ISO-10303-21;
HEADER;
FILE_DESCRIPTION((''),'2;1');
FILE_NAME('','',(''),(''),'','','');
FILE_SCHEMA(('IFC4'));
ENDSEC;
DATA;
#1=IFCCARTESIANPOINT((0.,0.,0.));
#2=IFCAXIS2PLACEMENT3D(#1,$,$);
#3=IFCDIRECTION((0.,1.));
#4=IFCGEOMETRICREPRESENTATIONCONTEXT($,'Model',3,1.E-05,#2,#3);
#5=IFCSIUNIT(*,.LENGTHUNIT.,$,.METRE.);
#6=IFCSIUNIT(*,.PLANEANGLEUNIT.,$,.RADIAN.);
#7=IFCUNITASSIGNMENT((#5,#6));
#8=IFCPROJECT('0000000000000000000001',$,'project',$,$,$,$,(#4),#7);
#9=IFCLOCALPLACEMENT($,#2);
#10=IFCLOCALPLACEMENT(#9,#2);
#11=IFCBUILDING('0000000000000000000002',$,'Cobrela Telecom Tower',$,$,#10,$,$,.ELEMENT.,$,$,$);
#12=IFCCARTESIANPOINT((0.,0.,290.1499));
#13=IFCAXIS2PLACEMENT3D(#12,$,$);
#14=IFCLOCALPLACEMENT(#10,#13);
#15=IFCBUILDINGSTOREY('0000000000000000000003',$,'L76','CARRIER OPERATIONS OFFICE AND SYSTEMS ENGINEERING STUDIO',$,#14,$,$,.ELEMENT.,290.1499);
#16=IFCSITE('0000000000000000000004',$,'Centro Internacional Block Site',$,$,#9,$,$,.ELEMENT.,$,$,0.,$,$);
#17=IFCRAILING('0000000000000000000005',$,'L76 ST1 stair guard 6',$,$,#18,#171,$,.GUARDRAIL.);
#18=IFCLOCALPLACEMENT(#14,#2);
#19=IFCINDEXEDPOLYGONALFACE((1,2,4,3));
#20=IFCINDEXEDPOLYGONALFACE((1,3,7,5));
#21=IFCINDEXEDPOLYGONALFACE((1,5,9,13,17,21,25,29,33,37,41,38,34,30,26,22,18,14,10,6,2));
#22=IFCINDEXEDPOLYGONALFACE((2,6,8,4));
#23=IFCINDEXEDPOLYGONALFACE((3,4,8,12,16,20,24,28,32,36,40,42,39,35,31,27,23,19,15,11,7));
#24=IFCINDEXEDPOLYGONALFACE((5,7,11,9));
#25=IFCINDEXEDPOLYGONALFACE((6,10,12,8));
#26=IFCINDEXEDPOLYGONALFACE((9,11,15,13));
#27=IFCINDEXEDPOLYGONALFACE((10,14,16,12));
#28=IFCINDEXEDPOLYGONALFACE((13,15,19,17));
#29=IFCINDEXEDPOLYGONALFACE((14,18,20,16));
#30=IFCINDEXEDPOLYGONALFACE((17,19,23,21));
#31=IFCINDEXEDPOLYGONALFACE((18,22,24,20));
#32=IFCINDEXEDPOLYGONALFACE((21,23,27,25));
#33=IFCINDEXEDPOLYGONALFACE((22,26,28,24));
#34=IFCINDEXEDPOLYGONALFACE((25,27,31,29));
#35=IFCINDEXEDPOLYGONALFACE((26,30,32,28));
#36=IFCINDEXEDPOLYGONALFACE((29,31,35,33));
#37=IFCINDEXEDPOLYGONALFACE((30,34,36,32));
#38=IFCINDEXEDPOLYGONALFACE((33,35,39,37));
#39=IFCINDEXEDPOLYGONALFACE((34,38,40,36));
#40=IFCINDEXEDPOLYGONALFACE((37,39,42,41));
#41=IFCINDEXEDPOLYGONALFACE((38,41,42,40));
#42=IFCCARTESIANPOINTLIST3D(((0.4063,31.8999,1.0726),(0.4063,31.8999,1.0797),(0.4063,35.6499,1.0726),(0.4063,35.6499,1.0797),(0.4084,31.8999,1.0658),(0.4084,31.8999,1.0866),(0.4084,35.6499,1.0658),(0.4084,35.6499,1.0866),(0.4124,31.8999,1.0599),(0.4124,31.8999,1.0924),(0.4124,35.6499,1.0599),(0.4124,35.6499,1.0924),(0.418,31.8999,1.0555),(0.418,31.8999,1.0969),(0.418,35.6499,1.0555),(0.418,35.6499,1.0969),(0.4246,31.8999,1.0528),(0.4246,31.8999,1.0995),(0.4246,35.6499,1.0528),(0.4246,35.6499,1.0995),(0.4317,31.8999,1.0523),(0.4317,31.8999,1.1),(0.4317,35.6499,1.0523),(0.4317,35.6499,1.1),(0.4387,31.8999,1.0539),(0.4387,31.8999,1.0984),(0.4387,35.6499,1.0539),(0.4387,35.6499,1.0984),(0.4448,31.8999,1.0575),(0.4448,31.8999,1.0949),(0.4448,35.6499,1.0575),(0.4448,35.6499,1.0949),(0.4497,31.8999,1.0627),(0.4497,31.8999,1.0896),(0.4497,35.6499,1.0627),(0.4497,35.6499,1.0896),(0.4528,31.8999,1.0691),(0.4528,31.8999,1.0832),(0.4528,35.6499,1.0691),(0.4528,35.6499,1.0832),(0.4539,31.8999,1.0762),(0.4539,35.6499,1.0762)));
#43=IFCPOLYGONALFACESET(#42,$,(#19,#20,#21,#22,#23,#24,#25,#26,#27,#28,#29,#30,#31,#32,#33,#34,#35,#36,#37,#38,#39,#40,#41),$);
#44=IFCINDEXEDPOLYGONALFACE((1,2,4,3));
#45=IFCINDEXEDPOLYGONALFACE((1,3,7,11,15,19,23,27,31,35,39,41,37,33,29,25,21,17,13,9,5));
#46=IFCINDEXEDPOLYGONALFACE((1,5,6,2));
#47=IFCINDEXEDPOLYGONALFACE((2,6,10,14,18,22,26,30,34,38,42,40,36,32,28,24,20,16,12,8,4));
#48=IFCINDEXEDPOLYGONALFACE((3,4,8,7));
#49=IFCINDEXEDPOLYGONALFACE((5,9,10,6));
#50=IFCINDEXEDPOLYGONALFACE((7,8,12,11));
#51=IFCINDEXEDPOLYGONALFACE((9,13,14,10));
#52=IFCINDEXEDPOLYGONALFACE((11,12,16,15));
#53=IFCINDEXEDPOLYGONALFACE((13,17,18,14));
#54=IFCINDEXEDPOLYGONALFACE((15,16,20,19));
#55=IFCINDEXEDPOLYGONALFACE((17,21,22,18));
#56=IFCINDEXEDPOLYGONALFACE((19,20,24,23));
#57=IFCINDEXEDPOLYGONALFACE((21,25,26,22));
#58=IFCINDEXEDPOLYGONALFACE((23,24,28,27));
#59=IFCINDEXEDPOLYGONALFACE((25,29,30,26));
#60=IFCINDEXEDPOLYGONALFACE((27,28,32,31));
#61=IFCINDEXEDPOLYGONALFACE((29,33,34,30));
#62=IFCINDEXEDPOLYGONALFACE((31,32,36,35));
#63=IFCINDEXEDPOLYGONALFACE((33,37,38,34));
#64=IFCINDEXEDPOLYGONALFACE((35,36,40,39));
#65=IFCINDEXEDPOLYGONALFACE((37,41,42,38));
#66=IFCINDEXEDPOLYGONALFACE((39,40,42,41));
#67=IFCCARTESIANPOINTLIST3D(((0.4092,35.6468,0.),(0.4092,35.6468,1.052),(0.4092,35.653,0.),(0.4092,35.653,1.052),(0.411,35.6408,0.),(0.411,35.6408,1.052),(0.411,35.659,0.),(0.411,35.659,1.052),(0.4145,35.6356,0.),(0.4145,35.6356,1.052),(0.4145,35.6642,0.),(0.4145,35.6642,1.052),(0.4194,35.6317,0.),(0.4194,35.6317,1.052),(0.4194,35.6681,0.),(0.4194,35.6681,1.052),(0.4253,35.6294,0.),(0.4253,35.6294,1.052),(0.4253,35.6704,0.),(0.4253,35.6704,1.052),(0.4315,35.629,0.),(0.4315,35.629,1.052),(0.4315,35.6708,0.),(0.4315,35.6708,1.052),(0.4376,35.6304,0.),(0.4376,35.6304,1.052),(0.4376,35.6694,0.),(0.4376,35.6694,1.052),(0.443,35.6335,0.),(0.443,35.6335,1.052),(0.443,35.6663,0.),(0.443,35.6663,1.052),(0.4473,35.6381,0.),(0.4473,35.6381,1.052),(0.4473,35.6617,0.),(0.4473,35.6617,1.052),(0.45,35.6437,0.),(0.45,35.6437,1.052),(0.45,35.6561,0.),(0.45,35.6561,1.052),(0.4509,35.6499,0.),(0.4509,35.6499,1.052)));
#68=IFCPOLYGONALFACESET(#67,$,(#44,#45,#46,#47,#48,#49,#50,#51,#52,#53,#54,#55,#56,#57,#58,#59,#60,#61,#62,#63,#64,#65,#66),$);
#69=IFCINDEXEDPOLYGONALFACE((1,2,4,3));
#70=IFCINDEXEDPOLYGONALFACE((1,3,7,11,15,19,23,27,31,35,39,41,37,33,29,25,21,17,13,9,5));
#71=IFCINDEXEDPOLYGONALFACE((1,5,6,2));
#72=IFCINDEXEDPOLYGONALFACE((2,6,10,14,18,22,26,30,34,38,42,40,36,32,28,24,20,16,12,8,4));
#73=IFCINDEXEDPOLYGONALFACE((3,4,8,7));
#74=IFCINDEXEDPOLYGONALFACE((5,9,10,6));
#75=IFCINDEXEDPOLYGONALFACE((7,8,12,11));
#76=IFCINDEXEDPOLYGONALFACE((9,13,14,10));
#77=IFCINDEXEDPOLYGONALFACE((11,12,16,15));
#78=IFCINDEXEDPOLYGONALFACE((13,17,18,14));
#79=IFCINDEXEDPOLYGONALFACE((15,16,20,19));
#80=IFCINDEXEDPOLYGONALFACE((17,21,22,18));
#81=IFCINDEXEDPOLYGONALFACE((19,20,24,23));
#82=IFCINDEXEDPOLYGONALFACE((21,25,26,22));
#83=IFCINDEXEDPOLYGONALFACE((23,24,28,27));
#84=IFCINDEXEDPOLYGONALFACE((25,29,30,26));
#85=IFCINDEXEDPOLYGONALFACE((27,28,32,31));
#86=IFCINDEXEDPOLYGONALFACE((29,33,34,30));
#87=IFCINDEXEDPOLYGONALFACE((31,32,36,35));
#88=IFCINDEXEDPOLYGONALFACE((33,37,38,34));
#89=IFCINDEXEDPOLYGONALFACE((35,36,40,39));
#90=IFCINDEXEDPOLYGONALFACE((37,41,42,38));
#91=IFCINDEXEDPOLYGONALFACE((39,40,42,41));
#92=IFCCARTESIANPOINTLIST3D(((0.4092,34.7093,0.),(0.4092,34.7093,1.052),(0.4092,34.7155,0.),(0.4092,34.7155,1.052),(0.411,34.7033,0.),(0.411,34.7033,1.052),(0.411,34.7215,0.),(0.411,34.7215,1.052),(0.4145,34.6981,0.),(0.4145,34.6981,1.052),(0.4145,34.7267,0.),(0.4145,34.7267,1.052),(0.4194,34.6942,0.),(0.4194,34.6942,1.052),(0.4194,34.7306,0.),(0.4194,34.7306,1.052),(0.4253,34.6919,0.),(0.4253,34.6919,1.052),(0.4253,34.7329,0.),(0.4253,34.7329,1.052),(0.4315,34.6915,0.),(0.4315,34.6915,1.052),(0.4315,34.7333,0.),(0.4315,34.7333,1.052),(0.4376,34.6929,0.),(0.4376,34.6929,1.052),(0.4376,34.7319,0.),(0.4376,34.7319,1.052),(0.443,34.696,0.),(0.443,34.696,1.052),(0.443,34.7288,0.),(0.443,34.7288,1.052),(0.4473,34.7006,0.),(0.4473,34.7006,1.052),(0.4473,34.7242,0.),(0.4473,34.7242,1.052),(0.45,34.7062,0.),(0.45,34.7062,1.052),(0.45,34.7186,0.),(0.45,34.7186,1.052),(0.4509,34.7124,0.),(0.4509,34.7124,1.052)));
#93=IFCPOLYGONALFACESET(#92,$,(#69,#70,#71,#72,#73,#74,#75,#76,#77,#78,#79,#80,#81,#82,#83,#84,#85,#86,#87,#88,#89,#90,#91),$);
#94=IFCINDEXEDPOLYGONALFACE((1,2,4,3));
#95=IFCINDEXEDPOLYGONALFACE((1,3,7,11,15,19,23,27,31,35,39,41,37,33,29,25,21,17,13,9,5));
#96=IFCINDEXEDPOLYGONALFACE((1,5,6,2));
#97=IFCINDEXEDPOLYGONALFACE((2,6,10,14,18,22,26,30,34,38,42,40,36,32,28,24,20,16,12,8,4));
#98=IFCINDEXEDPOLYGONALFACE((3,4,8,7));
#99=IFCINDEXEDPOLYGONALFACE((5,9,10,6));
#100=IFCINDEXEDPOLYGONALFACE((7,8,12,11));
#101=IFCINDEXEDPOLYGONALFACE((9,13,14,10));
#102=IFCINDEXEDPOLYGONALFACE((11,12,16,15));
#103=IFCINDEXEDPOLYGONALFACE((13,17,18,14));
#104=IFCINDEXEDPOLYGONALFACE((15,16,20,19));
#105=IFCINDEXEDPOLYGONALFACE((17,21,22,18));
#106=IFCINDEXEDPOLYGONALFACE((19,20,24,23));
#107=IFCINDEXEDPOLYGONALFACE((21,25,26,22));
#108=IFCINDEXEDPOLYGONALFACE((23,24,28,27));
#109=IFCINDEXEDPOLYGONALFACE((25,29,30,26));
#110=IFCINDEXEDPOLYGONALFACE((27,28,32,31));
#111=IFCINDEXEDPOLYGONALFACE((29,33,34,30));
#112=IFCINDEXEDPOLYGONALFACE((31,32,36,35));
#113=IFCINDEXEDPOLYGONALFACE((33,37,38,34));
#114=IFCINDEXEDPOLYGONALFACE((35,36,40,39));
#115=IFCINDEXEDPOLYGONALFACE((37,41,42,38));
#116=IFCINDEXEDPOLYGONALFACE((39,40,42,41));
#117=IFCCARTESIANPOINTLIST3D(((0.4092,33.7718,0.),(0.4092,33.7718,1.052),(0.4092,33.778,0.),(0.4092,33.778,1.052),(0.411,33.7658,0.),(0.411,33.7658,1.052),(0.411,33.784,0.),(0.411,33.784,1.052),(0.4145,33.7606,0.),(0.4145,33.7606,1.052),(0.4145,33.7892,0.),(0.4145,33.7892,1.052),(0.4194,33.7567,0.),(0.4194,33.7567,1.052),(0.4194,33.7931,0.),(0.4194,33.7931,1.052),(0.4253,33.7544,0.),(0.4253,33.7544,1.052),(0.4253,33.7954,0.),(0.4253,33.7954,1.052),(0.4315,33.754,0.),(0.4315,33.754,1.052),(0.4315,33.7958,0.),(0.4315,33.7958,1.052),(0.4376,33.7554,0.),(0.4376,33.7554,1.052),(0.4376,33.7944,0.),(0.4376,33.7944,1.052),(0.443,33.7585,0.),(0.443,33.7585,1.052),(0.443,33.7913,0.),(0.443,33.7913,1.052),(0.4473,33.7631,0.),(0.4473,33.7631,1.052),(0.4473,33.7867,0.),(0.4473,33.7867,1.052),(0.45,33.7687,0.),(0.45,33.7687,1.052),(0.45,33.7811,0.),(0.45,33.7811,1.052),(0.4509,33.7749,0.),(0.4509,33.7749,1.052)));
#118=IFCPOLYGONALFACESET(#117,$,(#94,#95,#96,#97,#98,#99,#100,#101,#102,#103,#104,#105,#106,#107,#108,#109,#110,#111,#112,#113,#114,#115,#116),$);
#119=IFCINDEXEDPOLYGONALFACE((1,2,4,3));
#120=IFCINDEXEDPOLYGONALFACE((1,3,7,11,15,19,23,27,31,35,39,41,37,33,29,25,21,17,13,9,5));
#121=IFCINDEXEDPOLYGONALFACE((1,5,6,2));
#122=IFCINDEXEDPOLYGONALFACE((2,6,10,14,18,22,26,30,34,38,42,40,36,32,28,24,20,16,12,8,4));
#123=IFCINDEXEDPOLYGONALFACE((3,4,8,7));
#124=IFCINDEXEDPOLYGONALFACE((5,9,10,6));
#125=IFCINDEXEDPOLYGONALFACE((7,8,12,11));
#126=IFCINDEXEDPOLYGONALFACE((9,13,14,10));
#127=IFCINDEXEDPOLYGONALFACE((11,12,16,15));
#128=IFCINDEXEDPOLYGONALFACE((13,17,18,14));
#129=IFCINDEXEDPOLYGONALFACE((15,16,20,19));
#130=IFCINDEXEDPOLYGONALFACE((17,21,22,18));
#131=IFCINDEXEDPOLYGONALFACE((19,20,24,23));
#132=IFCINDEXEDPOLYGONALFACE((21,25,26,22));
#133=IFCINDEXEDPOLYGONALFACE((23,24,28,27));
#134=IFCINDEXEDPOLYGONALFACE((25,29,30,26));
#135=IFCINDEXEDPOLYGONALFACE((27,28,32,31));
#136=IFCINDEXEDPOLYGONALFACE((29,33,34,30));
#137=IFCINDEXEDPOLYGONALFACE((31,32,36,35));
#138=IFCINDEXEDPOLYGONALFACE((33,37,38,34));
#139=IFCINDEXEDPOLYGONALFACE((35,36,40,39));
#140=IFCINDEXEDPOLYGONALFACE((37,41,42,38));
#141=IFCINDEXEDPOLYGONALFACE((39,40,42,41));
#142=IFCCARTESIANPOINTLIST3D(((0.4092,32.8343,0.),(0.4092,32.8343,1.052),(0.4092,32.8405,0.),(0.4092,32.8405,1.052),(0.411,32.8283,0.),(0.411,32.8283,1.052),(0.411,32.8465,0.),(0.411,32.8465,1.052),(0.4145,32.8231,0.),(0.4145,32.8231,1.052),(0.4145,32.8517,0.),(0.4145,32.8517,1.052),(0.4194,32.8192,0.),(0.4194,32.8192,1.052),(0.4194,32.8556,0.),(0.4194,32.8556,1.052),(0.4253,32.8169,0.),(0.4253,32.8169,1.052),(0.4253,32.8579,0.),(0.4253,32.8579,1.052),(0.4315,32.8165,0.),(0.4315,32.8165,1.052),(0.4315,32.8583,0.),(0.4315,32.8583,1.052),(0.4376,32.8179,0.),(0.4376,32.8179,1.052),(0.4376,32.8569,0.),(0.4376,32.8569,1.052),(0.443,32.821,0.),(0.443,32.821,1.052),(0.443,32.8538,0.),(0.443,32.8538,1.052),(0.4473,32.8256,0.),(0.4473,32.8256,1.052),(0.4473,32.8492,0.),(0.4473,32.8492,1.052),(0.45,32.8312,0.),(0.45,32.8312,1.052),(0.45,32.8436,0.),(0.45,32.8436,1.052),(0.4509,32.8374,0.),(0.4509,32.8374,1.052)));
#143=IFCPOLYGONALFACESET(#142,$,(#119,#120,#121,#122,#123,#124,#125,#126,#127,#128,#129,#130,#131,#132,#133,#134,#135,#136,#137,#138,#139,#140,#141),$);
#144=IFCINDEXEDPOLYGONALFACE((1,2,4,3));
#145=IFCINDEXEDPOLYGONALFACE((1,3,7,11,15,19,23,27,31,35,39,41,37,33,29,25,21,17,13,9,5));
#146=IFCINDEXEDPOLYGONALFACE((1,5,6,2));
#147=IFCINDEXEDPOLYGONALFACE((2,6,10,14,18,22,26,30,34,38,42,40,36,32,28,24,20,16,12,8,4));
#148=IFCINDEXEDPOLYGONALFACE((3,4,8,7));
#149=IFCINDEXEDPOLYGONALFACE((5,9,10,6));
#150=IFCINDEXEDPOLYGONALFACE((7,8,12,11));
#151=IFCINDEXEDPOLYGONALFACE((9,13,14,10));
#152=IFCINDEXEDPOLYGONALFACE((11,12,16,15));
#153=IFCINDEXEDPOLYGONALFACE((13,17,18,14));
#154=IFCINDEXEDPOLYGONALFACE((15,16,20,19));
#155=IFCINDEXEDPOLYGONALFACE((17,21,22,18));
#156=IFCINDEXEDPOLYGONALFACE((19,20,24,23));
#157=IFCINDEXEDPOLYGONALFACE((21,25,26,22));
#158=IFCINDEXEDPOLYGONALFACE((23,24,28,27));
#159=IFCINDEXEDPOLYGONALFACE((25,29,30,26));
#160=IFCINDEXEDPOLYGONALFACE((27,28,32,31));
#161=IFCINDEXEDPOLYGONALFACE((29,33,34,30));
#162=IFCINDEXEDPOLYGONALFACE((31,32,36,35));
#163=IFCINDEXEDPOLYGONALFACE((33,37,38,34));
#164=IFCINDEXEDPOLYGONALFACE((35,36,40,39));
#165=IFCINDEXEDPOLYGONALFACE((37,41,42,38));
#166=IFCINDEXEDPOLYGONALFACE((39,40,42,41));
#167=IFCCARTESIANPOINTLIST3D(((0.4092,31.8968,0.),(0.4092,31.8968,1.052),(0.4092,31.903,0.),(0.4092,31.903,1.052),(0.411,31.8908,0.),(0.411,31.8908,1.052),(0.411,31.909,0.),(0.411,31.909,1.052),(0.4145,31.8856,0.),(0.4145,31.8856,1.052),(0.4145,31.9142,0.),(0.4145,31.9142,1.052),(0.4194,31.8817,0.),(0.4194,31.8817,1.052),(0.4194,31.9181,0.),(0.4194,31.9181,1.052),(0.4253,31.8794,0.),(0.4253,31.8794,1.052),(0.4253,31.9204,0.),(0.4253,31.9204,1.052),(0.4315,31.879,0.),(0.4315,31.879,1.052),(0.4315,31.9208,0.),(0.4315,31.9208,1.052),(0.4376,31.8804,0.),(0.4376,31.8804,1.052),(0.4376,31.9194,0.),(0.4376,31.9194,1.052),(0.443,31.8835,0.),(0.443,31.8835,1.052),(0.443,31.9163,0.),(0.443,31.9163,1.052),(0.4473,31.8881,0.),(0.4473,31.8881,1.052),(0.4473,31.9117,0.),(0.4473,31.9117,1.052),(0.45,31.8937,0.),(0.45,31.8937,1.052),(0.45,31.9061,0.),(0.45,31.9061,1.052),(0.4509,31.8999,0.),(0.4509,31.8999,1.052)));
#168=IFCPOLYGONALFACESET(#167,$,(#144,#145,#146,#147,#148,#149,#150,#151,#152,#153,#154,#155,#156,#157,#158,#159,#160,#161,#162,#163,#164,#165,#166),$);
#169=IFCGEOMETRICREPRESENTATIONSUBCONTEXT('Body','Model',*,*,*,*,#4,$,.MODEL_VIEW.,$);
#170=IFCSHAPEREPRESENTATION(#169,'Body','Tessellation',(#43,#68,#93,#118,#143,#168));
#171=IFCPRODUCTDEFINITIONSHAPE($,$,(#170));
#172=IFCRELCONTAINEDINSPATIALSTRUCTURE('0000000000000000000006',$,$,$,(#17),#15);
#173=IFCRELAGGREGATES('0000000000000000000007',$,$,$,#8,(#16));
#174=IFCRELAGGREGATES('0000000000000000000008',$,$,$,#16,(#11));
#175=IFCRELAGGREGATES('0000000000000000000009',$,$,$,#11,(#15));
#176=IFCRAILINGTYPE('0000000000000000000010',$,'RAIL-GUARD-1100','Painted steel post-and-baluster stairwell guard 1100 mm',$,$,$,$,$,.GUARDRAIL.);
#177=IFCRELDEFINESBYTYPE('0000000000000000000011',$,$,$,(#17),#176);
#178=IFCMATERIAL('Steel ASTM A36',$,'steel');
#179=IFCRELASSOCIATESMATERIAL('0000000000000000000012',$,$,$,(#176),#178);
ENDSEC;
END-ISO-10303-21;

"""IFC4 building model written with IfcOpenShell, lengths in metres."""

from ifc_helpers import new_model, si_unit, direction, frame, origin, origin_2d, place, context, subcontext, project, spatial, circle, extrude, material, type_object, element, save


model = new_model("IFC4")

# Units and contexts
model_context = context("Model", 3, precision=1e-05, world=origin(), true_north=direction((0.0, 1.0)))
body_context = subcontext(model_context, "Body", "Model", "MODEL_VIEW")
ifc_project = project(units=[si_unit("LENGTHUNIT", "METRE"), si_unit("PLANEANGLEUNIT", "RADIAN")], contexts=[model_context])

# Site, building, storey
site_placement = place(None, origin())
site = spatial("IfcSite", under=ifc_project, at=site_placement, Name="Centro Internacional Block Site", CompositionType="ELEMENT", RefElevation=0.0)
building_placement = place(site_placement, origin())
building = spatial("IfcBuilding", under=site, at=building_placement, Name="Cobrela Telecom Tower", CompositionType="ELEMENT")
storey_placement = place(building_placement, frame((0.0, 0.0, 290.1499)))
storey = spatial("IfcBuildingStorey", under=building, at=storey_placement, Name="L76", Description="CARRIER OPERATIONS OFFICE AND SYSTEMS ENGINEERING STUDIO", CompositionType="ELEMENT", Elevation=290.1499)

# Shared definitions
ifc_material_1 = material(Name="Steel ASTM A36", Category="steel")

# Railing
railing_type_1 = type_object("IfcRailingType", Name="RAIL-GUARD-1100", Description="Painted steel post-and-baluster stairwell guard 1100 mm", PredefinedType="GUARDRAIL", material=ifc_material_1)
railing_1_placement = place(storey_placement, frame((0.4299, 35.6499, 0.0)))
element("IfcRailing", 1, at=railing_1_placement, inside=storey, type_object=railing_type_1, Name="L76 ST1 stair guard 6", PredefinedType="GUARDRAIL", context=body_context, shape_type="SweptSolid", body=[
    extrude(circle(Radius=0.0239, at=origin_2d()), frame((0.0, 0.0, 1.0762), z_axis=(0.0, -1.0, 0.0), x_axis=(1.0, 0.0, 0.0)), (0.0, 0.0, 1.0), 3.75),
    extrude(circle(Radius=0.021, at=origin_2d()), origin(), (0.0, 0.0, 1.0), 1.052),
    extrude(circle(Radius=0.021, at=origin_2d()), frame((0.0, -0.9375, 0.0)), (0.0, 0.0, 1.0), 1.052),
    extrude(circle(Radius=0.021, at=origin_2d()), frame((0.0, -1.875, 0.0)), (0.0, 0.0, 1.0), 1.052),
    extrude(circle(Radius=0.021, at=origin_2d()), frame((0.0, -2.8125, 0.0)), (0.0, 0.0, 1.0), 1.052),
    extrude(circle(Radius=0.021, at=origin_2d()), frame((0.0, -3.75, 0.0)), (0.0, 0.0, 1.0), 1.052),
])

save(model, "model.ifc")
